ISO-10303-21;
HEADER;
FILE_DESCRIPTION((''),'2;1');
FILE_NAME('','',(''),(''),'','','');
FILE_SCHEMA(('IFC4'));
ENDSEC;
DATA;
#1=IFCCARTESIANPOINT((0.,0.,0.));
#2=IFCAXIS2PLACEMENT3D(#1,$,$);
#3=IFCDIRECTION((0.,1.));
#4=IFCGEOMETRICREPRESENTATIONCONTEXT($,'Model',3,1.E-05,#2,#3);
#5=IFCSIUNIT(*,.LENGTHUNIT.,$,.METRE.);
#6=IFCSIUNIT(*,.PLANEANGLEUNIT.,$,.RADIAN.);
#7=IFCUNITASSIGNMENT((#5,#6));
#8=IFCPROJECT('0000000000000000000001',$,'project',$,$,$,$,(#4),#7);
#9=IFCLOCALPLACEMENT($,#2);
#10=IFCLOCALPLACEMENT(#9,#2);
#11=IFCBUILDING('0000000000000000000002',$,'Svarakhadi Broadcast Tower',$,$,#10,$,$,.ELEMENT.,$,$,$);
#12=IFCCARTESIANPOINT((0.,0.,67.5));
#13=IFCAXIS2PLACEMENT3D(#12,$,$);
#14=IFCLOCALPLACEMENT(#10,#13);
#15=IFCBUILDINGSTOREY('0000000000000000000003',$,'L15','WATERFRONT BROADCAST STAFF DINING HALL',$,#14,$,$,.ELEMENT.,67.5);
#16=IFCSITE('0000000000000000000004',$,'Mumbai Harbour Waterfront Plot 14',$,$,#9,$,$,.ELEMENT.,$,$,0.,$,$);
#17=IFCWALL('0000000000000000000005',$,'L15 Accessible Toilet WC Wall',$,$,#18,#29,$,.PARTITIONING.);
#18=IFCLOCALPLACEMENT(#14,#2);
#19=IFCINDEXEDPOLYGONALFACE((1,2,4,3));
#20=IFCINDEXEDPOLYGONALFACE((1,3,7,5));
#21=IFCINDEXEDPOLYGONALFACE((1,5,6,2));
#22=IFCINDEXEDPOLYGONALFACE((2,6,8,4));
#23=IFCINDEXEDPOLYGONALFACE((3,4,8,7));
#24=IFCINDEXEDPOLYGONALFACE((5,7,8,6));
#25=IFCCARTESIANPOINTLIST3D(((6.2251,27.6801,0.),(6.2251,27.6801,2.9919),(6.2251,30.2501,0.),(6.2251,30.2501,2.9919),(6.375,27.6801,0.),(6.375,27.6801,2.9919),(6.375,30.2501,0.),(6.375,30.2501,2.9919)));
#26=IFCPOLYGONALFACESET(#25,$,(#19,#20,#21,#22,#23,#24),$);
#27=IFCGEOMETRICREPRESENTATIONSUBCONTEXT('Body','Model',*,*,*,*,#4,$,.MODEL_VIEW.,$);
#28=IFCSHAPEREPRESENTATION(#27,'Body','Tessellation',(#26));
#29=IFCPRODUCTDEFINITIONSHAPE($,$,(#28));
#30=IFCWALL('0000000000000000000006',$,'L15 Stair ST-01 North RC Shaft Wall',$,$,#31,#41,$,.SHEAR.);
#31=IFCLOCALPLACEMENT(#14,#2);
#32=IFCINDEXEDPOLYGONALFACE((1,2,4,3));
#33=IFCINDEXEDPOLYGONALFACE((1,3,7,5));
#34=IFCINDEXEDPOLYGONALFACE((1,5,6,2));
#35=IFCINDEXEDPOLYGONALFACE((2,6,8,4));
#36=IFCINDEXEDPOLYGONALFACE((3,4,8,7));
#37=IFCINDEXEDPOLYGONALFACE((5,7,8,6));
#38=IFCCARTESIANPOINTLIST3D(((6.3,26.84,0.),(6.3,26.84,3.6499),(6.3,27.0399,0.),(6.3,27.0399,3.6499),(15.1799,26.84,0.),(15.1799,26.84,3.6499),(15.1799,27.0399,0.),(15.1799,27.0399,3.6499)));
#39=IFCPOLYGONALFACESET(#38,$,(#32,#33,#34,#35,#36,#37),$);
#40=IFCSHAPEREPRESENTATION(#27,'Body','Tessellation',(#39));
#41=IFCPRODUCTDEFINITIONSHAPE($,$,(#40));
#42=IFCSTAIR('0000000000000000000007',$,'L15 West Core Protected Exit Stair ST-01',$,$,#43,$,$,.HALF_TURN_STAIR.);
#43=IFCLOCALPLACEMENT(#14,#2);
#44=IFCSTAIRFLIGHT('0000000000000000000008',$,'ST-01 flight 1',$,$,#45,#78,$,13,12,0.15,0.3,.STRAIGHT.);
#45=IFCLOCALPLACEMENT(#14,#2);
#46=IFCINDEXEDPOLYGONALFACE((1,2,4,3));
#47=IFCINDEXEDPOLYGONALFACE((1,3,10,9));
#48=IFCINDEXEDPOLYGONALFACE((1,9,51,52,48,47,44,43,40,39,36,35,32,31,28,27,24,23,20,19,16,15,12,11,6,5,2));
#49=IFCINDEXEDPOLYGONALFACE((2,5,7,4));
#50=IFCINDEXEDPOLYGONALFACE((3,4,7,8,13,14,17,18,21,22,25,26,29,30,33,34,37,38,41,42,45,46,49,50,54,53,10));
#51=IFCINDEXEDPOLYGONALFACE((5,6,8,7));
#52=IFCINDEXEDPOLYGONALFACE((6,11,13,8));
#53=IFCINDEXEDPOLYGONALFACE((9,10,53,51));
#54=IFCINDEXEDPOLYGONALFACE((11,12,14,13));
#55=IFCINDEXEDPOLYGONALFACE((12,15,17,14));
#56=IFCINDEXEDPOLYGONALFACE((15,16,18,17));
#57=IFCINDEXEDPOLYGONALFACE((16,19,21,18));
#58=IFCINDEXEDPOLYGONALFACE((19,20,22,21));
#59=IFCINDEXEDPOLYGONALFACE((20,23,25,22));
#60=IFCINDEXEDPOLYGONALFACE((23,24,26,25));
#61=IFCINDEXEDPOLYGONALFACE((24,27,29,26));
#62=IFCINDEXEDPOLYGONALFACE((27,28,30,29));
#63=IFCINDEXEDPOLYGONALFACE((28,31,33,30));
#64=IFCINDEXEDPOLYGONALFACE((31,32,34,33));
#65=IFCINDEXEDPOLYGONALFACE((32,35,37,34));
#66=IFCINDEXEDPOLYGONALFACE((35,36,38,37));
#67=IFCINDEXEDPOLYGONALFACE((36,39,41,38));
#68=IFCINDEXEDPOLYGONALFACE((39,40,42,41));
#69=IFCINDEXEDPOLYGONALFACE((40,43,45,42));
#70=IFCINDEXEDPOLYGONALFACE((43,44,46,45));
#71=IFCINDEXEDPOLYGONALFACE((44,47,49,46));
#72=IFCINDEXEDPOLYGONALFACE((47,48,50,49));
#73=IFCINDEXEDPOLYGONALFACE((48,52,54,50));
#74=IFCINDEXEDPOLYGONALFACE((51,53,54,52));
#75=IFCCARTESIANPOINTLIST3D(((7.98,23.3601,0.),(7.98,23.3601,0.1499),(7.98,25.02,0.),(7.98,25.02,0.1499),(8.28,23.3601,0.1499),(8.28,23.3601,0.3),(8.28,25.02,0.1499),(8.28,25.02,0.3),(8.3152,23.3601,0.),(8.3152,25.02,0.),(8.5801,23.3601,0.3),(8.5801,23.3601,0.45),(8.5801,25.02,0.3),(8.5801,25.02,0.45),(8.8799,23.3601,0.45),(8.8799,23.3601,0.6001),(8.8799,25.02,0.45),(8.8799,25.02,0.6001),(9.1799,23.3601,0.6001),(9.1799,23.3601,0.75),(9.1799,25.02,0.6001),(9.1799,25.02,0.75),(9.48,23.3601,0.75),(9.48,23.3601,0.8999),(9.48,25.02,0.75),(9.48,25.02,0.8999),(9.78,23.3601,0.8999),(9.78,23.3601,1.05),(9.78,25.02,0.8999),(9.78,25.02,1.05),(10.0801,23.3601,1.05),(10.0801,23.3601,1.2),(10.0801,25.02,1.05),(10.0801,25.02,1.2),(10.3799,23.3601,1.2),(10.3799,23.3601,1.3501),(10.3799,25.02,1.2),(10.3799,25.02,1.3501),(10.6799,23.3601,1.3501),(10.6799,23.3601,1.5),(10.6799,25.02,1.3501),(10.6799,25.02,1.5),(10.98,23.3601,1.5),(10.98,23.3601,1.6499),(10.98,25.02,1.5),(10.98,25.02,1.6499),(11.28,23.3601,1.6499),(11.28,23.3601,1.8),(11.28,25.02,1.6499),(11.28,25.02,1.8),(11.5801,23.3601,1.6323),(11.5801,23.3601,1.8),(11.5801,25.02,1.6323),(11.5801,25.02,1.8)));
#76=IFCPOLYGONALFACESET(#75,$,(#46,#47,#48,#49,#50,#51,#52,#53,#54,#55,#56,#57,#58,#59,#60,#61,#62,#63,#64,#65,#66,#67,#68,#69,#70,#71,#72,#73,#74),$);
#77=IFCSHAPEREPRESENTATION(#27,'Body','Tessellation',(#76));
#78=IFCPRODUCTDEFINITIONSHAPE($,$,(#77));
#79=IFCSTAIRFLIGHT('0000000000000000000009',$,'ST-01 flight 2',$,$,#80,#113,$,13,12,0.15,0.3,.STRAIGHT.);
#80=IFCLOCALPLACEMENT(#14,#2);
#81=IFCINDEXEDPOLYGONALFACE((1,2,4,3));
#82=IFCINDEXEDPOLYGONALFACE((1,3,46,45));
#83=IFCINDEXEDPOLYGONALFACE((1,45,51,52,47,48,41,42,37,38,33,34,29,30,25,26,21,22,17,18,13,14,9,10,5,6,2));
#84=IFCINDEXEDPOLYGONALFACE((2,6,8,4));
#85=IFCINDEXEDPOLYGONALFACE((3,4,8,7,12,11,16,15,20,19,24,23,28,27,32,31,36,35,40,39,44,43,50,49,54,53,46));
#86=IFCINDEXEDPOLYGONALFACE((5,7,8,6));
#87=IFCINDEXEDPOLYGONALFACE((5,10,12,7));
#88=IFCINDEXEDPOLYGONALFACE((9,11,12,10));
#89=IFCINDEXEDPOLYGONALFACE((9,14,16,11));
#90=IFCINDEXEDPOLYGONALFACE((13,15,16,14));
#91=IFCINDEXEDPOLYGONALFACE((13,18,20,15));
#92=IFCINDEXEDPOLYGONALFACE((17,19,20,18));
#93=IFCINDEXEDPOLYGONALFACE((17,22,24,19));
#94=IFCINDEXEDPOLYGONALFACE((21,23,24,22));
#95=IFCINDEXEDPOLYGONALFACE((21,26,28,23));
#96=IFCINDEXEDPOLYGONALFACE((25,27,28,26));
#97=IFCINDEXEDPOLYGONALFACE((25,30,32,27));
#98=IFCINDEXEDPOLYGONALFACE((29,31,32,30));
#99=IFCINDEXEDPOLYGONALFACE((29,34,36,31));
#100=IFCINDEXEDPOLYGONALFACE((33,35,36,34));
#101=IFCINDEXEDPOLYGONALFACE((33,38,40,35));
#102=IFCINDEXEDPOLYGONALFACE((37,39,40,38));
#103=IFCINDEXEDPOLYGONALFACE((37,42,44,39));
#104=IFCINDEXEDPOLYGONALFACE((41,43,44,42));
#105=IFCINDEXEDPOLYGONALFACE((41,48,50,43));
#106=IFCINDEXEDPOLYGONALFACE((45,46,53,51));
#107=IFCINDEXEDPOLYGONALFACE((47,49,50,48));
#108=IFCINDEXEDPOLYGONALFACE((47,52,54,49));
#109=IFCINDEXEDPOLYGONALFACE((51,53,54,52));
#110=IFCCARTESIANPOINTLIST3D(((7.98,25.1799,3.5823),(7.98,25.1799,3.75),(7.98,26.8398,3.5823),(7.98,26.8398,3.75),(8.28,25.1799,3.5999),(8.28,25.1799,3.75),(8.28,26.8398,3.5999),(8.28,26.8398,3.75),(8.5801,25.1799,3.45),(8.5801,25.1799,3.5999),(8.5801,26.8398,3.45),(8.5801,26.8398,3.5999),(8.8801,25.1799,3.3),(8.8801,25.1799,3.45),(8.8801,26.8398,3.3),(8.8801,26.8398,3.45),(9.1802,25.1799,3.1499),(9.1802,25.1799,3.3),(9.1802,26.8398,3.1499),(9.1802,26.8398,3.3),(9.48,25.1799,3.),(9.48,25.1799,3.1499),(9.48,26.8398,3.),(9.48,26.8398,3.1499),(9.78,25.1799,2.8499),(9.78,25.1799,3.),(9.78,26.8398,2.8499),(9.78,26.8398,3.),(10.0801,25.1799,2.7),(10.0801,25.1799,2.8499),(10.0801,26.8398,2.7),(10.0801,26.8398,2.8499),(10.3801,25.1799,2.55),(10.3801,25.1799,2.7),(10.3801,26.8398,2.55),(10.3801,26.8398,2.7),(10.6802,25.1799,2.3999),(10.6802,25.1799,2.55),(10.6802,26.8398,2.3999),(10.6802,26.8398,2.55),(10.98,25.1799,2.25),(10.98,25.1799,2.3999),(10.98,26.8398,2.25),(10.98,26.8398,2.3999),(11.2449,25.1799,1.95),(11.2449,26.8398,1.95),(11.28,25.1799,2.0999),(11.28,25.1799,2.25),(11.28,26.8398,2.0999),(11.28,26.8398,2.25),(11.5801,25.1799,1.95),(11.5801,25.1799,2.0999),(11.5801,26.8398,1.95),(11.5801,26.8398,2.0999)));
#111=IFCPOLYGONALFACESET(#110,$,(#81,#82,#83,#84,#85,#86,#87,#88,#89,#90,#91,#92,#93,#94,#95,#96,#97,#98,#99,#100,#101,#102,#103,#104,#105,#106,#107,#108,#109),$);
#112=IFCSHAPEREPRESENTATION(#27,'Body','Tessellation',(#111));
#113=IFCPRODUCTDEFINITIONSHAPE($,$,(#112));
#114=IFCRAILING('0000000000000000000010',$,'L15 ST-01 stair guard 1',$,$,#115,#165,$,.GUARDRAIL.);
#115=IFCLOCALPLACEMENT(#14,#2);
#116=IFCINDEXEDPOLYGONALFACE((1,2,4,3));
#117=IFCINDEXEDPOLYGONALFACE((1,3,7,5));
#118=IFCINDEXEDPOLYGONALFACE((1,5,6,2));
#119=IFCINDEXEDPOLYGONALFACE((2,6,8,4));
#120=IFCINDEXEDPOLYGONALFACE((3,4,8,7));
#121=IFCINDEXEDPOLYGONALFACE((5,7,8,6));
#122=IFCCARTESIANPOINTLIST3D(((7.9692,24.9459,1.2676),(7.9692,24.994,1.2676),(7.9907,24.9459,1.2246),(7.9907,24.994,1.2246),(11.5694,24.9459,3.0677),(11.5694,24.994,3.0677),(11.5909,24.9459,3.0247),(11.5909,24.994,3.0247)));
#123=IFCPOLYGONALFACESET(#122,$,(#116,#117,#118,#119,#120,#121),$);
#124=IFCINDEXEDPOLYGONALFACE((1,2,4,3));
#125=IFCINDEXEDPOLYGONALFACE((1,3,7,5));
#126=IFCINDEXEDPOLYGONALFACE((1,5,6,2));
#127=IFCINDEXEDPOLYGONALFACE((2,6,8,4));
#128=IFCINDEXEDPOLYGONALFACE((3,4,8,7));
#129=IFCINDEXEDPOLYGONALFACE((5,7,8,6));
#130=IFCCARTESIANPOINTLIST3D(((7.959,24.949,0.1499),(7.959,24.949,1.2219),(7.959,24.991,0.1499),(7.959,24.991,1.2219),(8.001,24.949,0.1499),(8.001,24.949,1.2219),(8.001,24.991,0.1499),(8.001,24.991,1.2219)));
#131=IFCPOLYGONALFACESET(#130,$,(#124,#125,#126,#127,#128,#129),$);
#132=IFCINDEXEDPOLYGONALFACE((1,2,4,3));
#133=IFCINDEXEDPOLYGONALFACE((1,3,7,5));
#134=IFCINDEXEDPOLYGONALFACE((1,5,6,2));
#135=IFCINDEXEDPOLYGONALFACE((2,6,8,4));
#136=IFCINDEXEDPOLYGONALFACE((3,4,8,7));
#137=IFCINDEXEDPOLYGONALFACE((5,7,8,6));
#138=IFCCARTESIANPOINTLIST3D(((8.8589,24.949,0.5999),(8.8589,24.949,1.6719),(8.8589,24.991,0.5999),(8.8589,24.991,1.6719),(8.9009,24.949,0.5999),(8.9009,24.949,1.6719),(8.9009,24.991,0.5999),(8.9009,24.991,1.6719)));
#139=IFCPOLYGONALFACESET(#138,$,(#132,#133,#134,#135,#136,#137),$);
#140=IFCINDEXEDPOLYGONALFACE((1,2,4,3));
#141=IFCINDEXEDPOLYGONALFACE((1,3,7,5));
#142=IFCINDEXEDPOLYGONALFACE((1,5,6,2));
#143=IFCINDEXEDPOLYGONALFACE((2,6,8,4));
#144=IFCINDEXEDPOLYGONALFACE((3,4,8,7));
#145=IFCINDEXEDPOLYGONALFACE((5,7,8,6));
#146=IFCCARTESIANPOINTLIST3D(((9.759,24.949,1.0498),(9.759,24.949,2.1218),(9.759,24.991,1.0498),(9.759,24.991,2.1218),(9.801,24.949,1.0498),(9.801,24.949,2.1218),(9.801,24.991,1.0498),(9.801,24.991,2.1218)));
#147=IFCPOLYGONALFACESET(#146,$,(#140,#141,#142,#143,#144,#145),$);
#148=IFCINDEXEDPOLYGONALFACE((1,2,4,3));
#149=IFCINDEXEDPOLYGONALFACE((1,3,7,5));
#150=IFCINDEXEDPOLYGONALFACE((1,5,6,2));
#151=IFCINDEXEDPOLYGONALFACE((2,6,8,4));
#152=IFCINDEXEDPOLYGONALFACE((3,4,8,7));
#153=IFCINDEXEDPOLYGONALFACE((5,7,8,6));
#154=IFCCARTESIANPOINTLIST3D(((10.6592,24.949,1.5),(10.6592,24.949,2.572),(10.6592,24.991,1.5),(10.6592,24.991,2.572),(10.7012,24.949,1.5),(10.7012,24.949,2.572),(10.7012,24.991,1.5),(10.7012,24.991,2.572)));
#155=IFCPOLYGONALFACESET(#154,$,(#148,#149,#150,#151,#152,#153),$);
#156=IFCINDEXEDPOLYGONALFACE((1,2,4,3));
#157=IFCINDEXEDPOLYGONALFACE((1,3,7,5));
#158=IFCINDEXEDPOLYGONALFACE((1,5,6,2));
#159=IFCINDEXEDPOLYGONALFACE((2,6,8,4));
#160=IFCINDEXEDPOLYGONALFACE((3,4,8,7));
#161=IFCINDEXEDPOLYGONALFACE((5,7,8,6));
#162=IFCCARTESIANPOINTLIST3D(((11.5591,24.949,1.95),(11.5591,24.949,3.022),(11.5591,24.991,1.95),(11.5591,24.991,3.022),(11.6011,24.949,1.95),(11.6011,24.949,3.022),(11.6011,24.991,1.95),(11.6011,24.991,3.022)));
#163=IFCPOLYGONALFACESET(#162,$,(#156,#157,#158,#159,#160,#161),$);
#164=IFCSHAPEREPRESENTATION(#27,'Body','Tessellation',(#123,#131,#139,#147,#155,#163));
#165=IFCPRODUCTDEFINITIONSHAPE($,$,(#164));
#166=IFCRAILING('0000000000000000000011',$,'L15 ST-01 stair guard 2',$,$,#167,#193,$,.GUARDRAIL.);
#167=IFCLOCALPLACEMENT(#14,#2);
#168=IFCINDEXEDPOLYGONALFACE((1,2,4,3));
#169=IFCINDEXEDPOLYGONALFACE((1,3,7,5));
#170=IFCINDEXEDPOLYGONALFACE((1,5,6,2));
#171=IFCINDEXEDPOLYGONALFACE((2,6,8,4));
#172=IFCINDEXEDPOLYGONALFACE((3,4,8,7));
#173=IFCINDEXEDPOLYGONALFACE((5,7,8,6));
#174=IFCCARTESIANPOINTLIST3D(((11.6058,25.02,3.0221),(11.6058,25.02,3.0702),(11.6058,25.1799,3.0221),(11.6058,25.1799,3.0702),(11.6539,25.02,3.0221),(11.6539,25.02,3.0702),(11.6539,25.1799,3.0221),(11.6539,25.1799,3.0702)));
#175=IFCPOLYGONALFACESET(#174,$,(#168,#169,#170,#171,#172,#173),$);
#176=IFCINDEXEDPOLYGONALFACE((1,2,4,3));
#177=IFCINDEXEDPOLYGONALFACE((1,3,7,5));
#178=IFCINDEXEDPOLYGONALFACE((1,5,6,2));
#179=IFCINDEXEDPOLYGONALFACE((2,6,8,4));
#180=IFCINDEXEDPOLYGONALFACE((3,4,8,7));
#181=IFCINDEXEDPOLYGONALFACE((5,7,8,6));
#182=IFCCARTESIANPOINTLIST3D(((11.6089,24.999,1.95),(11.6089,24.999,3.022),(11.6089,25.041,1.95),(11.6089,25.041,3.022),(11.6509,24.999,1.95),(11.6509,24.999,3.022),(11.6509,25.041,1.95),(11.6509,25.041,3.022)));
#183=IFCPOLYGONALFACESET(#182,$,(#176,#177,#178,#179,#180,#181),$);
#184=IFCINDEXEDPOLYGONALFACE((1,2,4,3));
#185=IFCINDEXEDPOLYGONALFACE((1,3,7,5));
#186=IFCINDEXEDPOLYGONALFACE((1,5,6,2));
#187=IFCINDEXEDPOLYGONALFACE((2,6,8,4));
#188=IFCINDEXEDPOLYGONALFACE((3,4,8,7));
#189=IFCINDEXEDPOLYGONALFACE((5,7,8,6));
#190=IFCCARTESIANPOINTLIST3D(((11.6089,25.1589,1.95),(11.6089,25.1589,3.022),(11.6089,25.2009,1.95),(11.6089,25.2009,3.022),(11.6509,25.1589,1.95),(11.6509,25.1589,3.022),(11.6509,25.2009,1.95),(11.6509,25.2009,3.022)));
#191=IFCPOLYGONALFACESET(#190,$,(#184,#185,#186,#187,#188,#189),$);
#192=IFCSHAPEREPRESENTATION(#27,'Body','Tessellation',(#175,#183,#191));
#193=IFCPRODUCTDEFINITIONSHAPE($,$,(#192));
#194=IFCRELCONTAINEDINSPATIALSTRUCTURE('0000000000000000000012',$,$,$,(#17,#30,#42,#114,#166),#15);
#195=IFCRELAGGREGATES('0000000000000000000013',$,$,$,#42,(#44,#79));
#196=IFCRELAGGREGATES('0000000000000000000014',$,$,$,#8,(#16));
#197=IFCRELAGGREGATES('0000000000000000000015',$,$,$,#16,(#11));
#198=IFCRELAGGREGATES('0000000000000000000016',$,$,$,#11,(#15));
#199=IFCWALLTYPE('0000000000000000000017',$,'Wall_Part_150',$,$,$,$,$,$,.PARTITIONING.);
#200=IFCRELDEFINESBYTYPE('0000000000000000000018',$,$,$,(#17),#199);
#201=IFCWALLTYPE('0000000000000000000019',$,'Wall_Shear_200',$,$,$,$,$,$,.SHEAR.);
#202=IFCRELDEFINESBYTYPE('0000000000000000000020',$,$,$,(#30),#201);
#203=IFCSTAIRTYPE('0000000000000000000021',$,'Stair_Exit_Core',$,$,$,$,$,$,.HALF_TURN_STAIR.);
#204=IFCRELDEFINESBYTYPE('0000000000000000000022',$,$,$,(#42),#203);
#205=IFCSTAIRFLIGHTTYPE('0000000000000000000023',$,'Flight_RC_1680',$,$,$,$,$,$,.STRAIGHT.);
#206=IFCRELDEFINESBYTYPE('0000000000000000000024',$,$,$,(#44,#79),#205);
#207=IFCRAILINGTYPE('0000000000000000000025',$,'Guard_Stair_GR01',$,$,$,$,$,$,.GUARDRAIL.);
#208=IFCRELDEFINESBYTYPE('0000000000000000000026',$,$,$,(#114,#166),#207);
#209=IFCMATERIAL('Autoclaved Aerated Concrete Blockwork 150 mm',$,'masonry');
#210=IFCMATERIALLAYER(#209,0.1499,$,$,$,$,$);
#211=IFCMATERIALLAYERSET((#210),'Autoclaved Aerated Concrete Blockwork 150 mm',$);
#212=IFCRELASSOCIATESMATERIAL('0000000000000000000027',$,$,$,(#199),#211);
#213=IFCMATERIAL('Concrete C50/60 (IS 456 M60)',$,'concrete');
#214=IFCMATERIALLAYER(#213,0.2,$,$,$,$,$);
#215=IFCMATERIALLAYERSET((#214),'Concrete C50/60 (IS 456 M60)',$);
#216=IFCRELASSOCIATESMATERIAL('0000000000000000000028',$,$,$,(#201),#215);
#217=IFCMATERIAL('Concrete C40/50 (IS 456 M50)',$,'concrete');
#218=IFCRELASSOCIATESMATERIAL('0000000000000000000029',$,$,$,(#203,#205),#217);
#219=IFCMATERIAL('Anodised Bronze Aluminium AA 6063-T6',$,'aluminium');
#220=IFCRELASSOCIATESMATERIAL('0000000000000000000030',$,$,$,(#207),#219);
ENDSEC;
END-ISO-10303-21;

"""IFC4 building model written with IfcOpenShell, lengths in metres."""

from ifc_helpers import new_model, si_unit, direction, frame, frame_2d, origin, origin_2d, place, context, subcontext, project, spatial, polyline, rectangle, outline, extrude, material, layer, layer_set, type_object, element, aggregate, save


model = new_model("IFC4")

# Units and contexts
model_context = context("Model", 3, precision=1e-05, world=origin(), true_north=direction((0.0, 1.0)))
body_context = subcontext(model_context, "Body", "Model", "MODEL_VIEW")
ifc_project = project(units=[si_unit("LENGTHUNIT", "METRE"), si_unit("PLANEANGLEUNIT", "RADIAN")], contexts=[model_context])

# Site, building, storey
site_placement = place(None, origin())
site = spatial("IfcSite", under=ifc_project, at=site_placement, Name="Mumbai Harbour Waterfront Plot 14", CompositionType="ELEMENT", RefElevation=0.0)
building_placement = place(site_placement, origin())
building = spatial("IfcBuilding", under=site, at=building_placement, Name="Svarakhadi Broadcast Tower", CompositionType="ELEMENT")
storey_placement = place(building_placement, frame((0.0, 0.0, 67.5)))
storey = spatial("IfcBuildingStorey", under=building, at=storey_placement, Name="L15", Description="WATERFRONT BROADCAST STAFF DINING HALL", CompositionType="ELEMENT", Elevation=67.5)

# Walls
ifc_material_1 = material(Name="Concrete C40/50 (IS 456 M50)", Category="concrete")
ifc_material_2 = material(Name="Autoclaved Aerated Concrete Blockwork 150 mm", Category="masonry")
ifc_layer_1 = layer(ifc_material_2, 0.1499)
ifc_layer_set_1 = layer_set([ifc_layer_1], Name="Autoclaved Aerated Concrete Blockwork 150 mm")
wall_type_1 = type_object("IfcWallType", Name="Wall_Part_150", PredefinedType="PARTITIONING", material=ifc_layer_set_1)
wall_1_placement = place(storey_placement, frame((6.3, 27.6799, 0.0), z_axis=(0.0, 0.0, 1.0), x_axis=(0.0, 1.0, 0.0)))
element("IfcWall", 1, at=wall_1_placement, inside=storey, type_object=wall_type_1, Name="L15 Accessible Toilet WC Wall", PredefinedType="PARTITIONING", context=body_context, shape_type="SweptSolid", body=[
    extrude(rectangle(XDim=2.5701, YDim=0.1499, at=frame_2d((1.2852, 0.0))), origin(), (0.0, 0.0, 1.0), 2.9919),
])
ifc_material_3 = material(Name="Concrete C50/60 (IS 456 M60)", Category="concrete")
ifc_layer_2 = layer(ifc_material_3, 0.2)
ifc_layer_set_2 = layer_set([ifc_layer_2], Name="Concrete C50/60 (IS 456 M60)")
wall_type_2 = type_object("IfcWallType", Name="Wall_Shear_200", PredefinedType="SHEAR", material=ifc_layer_set_2)
wall_2_placement = place(storey_placement, frame((6.3, 26.9399, 0.0), z_axis=(0.0, 0.0, 1.0), x_axis=(1.0, 0.0, 0.0)))
element("IfcWall", 2, at=wall_2_placement, inside=storey, type_object=wall_type_2, Name="L15 Stair ST-01 North RC Shaft Wall", PredefinedType="SHEAR", context=body_context, shape_type="SweptSolid", body=[
    extrude(rectangle(XDim=8.8799, YDim=0.2, at=frame_2d((4.4399, 0.0))), origin(), (0.0, 0.0, 1.0), 3.6499),
])

# Stair, stair flights
stair_type = type_object("IfcStairType", Name="Stair_Exit_Core", PredefinedType="HALF_TURN_STAIR", material=ifc_material_1)
stair_placement = place(storey_placement, origin())
stair = element("IfcStair", 3, at=stair_placement, inside=storey, type_object=stair_type, Name="L15 West Core Protected Exit Stair ST-01", PredefinedType="HALF_TURN_STAIR")
stair_flight_type = type_object("IfcStairFlightType", Name="Flight_RC_1680", PredefinedType="STRAIGHT", material=ifc_material_1)
stair_flight_1_placement = place(storey_placement, frame((7.98, 24.1899, 0.0), z_axis=(0.0, 0.0, 1.0), x_axis=(1.0, 0.0, 0.0)))
stair_flight_1 = element("IfcStairFlight", 4, at=stair_flight_1_placement, type_object=stair_flight_type, Name="ST-01 flight 1", NumberOfRisers=13, NumberOfTreads=12, PredefinedType="STRAIGHT", RiserHeight=0.15, TreadLength=0.3, context=body_context, shape_type="SweptSolid", body=[
    extrude(outline(polyline([(0.0, 0.0), (0.0, 0.1499), (0.3, 0.1499), (0.3, 0.3), (0.6001, 0.3), (0.6001, 0.45), (0.8999, 0.45), (0.8999, 0.6001), (1.2, 0.6001), (1.2, 0.75), (1.5, 0.75), (1.5, 0.8999), (1.8, 0.8999), (1.8, 1.05), (2.1001, 1.05), (2.1001, 1.2), (2.3999, 1.2), (2.3999, 1.3501), (2.7, 1.3501), (2.7, 1.5), (3.0, 1.5), (3.0, 1.6499), (3.3, 1.6499), (3.3, 1.8), (3.6001, 1.8), (3.6001, 1.95), (3.6001, 1.6323), (0.3352, 0.0), (0.0, 0.0)])), frame((0.0, 0.8301, 0.0), z_axis=(0.0, -1.0, 0.0), x_axis=(1.0, 0.0, 0.0)), (0.0, 0.0, 1.0), 1.6599),
])
stair_flight_2_placement = place(storey_placement, frame((11.5801, 26.01, 1.95), z_axis=(0.0, 0.0, 1.0), x_axis=(-1.0, 0.0, 0.0)))
stair_flight_2 = element("IfcStairFlight", 5, at=stair_flight_2_placement, type_object=stair_flight_type, Name="ST-01 flight 2", NumberOfRisers=13, NumberOfTreads=12, PredefinedType="STRAIGHT", RiserHeight=0.15, TreadLength=0.3, context=body_context, shape_type="SweptSolid", body=[
    extrude(outline(polyline([(0.0, 0.0), (0.0, 0.1499), (0.3, 0.1499), (0.3, 0.3), (0.6001, 0.3), (0.6001, 0.45), (0.8999, 0.45), (0.8999, 0.6001), (1.2, 0.6001), (1.2, 0.75), (1.5, 0.75), (1.5, 0.8999), (1.8, 0.8999), (1.8, 1.05), (2.1001, 1.05), (2.1001, 1.2), (2.3999, 1.2), (2.3999, 1.3501), (2.7, 1.3501), (2.7, 1.5), (3.0, 1.5), (3.0, 1.6499), (3.3, 1.6499), (3.3, 1.8), (3.6001, 1.8), (3.6001, 1.95), (3.6001, 1.6323), (0.3352, 0.0), (0.0, 0.0)])), frame((0.0, 0.8301, 0.0), z_axis=(0.0, -1.0, 0.0), x_axis=(1.0, 0.0, 0.0)), (0.0, 0.0, 1.0), 1.6599),
])
aggregate(stair, [stair_flight_1, stair_flight_2])

# Railings
ifc_material_4 = material(Name="Anodised Bronze Aluminium AA 6063-T6", Category="aluminium")
railing_type_1 = type_object("IfcRailingType", Name="Guard_Stair_GR01", PredefinedType="GUARDRAIL", material=ifc_material_4)
railing_1_placement = place(storey_placement, frame((7.98, 24.97, 0.1499)))
element("IfcRailing", 6, at=railing_1_placement, inside=storey, type_object=railing_type_1, Name="L15 ST-01 stair guard 1", PredefinedType="GUARDRAIL", context=body_context, shape_type="SweptSolid", body=[
    extrude(rectangle(XDim=0.0481, YDim=0.0481, at=origin_2d()), frame((0.0, 0.0, 1.0962), z_axis=(0.894427, 0.0, 0.447214), x_axis=(0.0, 1.0, 0.0)), (0.0, 0.0, 1.0), 4.0251),
    extrude(rectangle(XDim=0.042, YDim=0.042, at=origin_2d()), origin(), (0.0, 0.0, 1.0), 1.072),
    extrude(rectangle(XDim=0.042, YDim=0.042, at=origin_2d()), frame((0.8999, 0.0, 0.45)), (0.0, 0.0, 1.0), 1.072),
    extrude(rectangle(XDim=0.042, YDim=0.042, at=origin_2d()), frame((1.8, 0.0, 0.8999)), (0.0, 0.0, 1.0), 1.072),
    extrude(rectangle(XDim=0.042, YDim=0.042, at=origin_2d()), frame((2.7002, 0.0, 1.3501)), (0.0, 0.0, 1.0), 1.072),
    extrude(rectangle(XDim=0.042, YDim=0.042, at=origin_2d()), frame((3.6001, 0.0, 1.8)), (0.0, 0.0, 1.0), 1.072),
])
railing_2_placement = place(storey_placement, frame((11.6299, 25.02, 1.95)))
element("IfcRailing", 7, at=railing_2_placement, inside=storey, type_object=railing_type_1, Name="L15 ST-01 stair guard 2", PredefinedType="GUARDRAIL", context=body_context, shape_type="SweptSolid", body=[
    extrude(rectangle(XDim=0.0481, YDim=0.0481, at=origin_2d()), frame((0.0, 0.0, 1.0962), z_axis=(0.0, 1.0, 0.0), x_axis=(-1.0, 0.0, 0.0)), (0.0, 0.0, 1.0), 0.1599),
    extrude(rectangle(XDim=0.042, YDim=0.042, at=origin_2d()), origin(), (0.0, 0.0, 1.0), 1.072),
    extrude(rectangle(XDim=0.042, YDim=0.042, at=origin_2d()), frame((0.0, 0.1599, 0.0)), (0.0, 0.0, 1.0), 1.072),
])

save(model, "model.ifc")
